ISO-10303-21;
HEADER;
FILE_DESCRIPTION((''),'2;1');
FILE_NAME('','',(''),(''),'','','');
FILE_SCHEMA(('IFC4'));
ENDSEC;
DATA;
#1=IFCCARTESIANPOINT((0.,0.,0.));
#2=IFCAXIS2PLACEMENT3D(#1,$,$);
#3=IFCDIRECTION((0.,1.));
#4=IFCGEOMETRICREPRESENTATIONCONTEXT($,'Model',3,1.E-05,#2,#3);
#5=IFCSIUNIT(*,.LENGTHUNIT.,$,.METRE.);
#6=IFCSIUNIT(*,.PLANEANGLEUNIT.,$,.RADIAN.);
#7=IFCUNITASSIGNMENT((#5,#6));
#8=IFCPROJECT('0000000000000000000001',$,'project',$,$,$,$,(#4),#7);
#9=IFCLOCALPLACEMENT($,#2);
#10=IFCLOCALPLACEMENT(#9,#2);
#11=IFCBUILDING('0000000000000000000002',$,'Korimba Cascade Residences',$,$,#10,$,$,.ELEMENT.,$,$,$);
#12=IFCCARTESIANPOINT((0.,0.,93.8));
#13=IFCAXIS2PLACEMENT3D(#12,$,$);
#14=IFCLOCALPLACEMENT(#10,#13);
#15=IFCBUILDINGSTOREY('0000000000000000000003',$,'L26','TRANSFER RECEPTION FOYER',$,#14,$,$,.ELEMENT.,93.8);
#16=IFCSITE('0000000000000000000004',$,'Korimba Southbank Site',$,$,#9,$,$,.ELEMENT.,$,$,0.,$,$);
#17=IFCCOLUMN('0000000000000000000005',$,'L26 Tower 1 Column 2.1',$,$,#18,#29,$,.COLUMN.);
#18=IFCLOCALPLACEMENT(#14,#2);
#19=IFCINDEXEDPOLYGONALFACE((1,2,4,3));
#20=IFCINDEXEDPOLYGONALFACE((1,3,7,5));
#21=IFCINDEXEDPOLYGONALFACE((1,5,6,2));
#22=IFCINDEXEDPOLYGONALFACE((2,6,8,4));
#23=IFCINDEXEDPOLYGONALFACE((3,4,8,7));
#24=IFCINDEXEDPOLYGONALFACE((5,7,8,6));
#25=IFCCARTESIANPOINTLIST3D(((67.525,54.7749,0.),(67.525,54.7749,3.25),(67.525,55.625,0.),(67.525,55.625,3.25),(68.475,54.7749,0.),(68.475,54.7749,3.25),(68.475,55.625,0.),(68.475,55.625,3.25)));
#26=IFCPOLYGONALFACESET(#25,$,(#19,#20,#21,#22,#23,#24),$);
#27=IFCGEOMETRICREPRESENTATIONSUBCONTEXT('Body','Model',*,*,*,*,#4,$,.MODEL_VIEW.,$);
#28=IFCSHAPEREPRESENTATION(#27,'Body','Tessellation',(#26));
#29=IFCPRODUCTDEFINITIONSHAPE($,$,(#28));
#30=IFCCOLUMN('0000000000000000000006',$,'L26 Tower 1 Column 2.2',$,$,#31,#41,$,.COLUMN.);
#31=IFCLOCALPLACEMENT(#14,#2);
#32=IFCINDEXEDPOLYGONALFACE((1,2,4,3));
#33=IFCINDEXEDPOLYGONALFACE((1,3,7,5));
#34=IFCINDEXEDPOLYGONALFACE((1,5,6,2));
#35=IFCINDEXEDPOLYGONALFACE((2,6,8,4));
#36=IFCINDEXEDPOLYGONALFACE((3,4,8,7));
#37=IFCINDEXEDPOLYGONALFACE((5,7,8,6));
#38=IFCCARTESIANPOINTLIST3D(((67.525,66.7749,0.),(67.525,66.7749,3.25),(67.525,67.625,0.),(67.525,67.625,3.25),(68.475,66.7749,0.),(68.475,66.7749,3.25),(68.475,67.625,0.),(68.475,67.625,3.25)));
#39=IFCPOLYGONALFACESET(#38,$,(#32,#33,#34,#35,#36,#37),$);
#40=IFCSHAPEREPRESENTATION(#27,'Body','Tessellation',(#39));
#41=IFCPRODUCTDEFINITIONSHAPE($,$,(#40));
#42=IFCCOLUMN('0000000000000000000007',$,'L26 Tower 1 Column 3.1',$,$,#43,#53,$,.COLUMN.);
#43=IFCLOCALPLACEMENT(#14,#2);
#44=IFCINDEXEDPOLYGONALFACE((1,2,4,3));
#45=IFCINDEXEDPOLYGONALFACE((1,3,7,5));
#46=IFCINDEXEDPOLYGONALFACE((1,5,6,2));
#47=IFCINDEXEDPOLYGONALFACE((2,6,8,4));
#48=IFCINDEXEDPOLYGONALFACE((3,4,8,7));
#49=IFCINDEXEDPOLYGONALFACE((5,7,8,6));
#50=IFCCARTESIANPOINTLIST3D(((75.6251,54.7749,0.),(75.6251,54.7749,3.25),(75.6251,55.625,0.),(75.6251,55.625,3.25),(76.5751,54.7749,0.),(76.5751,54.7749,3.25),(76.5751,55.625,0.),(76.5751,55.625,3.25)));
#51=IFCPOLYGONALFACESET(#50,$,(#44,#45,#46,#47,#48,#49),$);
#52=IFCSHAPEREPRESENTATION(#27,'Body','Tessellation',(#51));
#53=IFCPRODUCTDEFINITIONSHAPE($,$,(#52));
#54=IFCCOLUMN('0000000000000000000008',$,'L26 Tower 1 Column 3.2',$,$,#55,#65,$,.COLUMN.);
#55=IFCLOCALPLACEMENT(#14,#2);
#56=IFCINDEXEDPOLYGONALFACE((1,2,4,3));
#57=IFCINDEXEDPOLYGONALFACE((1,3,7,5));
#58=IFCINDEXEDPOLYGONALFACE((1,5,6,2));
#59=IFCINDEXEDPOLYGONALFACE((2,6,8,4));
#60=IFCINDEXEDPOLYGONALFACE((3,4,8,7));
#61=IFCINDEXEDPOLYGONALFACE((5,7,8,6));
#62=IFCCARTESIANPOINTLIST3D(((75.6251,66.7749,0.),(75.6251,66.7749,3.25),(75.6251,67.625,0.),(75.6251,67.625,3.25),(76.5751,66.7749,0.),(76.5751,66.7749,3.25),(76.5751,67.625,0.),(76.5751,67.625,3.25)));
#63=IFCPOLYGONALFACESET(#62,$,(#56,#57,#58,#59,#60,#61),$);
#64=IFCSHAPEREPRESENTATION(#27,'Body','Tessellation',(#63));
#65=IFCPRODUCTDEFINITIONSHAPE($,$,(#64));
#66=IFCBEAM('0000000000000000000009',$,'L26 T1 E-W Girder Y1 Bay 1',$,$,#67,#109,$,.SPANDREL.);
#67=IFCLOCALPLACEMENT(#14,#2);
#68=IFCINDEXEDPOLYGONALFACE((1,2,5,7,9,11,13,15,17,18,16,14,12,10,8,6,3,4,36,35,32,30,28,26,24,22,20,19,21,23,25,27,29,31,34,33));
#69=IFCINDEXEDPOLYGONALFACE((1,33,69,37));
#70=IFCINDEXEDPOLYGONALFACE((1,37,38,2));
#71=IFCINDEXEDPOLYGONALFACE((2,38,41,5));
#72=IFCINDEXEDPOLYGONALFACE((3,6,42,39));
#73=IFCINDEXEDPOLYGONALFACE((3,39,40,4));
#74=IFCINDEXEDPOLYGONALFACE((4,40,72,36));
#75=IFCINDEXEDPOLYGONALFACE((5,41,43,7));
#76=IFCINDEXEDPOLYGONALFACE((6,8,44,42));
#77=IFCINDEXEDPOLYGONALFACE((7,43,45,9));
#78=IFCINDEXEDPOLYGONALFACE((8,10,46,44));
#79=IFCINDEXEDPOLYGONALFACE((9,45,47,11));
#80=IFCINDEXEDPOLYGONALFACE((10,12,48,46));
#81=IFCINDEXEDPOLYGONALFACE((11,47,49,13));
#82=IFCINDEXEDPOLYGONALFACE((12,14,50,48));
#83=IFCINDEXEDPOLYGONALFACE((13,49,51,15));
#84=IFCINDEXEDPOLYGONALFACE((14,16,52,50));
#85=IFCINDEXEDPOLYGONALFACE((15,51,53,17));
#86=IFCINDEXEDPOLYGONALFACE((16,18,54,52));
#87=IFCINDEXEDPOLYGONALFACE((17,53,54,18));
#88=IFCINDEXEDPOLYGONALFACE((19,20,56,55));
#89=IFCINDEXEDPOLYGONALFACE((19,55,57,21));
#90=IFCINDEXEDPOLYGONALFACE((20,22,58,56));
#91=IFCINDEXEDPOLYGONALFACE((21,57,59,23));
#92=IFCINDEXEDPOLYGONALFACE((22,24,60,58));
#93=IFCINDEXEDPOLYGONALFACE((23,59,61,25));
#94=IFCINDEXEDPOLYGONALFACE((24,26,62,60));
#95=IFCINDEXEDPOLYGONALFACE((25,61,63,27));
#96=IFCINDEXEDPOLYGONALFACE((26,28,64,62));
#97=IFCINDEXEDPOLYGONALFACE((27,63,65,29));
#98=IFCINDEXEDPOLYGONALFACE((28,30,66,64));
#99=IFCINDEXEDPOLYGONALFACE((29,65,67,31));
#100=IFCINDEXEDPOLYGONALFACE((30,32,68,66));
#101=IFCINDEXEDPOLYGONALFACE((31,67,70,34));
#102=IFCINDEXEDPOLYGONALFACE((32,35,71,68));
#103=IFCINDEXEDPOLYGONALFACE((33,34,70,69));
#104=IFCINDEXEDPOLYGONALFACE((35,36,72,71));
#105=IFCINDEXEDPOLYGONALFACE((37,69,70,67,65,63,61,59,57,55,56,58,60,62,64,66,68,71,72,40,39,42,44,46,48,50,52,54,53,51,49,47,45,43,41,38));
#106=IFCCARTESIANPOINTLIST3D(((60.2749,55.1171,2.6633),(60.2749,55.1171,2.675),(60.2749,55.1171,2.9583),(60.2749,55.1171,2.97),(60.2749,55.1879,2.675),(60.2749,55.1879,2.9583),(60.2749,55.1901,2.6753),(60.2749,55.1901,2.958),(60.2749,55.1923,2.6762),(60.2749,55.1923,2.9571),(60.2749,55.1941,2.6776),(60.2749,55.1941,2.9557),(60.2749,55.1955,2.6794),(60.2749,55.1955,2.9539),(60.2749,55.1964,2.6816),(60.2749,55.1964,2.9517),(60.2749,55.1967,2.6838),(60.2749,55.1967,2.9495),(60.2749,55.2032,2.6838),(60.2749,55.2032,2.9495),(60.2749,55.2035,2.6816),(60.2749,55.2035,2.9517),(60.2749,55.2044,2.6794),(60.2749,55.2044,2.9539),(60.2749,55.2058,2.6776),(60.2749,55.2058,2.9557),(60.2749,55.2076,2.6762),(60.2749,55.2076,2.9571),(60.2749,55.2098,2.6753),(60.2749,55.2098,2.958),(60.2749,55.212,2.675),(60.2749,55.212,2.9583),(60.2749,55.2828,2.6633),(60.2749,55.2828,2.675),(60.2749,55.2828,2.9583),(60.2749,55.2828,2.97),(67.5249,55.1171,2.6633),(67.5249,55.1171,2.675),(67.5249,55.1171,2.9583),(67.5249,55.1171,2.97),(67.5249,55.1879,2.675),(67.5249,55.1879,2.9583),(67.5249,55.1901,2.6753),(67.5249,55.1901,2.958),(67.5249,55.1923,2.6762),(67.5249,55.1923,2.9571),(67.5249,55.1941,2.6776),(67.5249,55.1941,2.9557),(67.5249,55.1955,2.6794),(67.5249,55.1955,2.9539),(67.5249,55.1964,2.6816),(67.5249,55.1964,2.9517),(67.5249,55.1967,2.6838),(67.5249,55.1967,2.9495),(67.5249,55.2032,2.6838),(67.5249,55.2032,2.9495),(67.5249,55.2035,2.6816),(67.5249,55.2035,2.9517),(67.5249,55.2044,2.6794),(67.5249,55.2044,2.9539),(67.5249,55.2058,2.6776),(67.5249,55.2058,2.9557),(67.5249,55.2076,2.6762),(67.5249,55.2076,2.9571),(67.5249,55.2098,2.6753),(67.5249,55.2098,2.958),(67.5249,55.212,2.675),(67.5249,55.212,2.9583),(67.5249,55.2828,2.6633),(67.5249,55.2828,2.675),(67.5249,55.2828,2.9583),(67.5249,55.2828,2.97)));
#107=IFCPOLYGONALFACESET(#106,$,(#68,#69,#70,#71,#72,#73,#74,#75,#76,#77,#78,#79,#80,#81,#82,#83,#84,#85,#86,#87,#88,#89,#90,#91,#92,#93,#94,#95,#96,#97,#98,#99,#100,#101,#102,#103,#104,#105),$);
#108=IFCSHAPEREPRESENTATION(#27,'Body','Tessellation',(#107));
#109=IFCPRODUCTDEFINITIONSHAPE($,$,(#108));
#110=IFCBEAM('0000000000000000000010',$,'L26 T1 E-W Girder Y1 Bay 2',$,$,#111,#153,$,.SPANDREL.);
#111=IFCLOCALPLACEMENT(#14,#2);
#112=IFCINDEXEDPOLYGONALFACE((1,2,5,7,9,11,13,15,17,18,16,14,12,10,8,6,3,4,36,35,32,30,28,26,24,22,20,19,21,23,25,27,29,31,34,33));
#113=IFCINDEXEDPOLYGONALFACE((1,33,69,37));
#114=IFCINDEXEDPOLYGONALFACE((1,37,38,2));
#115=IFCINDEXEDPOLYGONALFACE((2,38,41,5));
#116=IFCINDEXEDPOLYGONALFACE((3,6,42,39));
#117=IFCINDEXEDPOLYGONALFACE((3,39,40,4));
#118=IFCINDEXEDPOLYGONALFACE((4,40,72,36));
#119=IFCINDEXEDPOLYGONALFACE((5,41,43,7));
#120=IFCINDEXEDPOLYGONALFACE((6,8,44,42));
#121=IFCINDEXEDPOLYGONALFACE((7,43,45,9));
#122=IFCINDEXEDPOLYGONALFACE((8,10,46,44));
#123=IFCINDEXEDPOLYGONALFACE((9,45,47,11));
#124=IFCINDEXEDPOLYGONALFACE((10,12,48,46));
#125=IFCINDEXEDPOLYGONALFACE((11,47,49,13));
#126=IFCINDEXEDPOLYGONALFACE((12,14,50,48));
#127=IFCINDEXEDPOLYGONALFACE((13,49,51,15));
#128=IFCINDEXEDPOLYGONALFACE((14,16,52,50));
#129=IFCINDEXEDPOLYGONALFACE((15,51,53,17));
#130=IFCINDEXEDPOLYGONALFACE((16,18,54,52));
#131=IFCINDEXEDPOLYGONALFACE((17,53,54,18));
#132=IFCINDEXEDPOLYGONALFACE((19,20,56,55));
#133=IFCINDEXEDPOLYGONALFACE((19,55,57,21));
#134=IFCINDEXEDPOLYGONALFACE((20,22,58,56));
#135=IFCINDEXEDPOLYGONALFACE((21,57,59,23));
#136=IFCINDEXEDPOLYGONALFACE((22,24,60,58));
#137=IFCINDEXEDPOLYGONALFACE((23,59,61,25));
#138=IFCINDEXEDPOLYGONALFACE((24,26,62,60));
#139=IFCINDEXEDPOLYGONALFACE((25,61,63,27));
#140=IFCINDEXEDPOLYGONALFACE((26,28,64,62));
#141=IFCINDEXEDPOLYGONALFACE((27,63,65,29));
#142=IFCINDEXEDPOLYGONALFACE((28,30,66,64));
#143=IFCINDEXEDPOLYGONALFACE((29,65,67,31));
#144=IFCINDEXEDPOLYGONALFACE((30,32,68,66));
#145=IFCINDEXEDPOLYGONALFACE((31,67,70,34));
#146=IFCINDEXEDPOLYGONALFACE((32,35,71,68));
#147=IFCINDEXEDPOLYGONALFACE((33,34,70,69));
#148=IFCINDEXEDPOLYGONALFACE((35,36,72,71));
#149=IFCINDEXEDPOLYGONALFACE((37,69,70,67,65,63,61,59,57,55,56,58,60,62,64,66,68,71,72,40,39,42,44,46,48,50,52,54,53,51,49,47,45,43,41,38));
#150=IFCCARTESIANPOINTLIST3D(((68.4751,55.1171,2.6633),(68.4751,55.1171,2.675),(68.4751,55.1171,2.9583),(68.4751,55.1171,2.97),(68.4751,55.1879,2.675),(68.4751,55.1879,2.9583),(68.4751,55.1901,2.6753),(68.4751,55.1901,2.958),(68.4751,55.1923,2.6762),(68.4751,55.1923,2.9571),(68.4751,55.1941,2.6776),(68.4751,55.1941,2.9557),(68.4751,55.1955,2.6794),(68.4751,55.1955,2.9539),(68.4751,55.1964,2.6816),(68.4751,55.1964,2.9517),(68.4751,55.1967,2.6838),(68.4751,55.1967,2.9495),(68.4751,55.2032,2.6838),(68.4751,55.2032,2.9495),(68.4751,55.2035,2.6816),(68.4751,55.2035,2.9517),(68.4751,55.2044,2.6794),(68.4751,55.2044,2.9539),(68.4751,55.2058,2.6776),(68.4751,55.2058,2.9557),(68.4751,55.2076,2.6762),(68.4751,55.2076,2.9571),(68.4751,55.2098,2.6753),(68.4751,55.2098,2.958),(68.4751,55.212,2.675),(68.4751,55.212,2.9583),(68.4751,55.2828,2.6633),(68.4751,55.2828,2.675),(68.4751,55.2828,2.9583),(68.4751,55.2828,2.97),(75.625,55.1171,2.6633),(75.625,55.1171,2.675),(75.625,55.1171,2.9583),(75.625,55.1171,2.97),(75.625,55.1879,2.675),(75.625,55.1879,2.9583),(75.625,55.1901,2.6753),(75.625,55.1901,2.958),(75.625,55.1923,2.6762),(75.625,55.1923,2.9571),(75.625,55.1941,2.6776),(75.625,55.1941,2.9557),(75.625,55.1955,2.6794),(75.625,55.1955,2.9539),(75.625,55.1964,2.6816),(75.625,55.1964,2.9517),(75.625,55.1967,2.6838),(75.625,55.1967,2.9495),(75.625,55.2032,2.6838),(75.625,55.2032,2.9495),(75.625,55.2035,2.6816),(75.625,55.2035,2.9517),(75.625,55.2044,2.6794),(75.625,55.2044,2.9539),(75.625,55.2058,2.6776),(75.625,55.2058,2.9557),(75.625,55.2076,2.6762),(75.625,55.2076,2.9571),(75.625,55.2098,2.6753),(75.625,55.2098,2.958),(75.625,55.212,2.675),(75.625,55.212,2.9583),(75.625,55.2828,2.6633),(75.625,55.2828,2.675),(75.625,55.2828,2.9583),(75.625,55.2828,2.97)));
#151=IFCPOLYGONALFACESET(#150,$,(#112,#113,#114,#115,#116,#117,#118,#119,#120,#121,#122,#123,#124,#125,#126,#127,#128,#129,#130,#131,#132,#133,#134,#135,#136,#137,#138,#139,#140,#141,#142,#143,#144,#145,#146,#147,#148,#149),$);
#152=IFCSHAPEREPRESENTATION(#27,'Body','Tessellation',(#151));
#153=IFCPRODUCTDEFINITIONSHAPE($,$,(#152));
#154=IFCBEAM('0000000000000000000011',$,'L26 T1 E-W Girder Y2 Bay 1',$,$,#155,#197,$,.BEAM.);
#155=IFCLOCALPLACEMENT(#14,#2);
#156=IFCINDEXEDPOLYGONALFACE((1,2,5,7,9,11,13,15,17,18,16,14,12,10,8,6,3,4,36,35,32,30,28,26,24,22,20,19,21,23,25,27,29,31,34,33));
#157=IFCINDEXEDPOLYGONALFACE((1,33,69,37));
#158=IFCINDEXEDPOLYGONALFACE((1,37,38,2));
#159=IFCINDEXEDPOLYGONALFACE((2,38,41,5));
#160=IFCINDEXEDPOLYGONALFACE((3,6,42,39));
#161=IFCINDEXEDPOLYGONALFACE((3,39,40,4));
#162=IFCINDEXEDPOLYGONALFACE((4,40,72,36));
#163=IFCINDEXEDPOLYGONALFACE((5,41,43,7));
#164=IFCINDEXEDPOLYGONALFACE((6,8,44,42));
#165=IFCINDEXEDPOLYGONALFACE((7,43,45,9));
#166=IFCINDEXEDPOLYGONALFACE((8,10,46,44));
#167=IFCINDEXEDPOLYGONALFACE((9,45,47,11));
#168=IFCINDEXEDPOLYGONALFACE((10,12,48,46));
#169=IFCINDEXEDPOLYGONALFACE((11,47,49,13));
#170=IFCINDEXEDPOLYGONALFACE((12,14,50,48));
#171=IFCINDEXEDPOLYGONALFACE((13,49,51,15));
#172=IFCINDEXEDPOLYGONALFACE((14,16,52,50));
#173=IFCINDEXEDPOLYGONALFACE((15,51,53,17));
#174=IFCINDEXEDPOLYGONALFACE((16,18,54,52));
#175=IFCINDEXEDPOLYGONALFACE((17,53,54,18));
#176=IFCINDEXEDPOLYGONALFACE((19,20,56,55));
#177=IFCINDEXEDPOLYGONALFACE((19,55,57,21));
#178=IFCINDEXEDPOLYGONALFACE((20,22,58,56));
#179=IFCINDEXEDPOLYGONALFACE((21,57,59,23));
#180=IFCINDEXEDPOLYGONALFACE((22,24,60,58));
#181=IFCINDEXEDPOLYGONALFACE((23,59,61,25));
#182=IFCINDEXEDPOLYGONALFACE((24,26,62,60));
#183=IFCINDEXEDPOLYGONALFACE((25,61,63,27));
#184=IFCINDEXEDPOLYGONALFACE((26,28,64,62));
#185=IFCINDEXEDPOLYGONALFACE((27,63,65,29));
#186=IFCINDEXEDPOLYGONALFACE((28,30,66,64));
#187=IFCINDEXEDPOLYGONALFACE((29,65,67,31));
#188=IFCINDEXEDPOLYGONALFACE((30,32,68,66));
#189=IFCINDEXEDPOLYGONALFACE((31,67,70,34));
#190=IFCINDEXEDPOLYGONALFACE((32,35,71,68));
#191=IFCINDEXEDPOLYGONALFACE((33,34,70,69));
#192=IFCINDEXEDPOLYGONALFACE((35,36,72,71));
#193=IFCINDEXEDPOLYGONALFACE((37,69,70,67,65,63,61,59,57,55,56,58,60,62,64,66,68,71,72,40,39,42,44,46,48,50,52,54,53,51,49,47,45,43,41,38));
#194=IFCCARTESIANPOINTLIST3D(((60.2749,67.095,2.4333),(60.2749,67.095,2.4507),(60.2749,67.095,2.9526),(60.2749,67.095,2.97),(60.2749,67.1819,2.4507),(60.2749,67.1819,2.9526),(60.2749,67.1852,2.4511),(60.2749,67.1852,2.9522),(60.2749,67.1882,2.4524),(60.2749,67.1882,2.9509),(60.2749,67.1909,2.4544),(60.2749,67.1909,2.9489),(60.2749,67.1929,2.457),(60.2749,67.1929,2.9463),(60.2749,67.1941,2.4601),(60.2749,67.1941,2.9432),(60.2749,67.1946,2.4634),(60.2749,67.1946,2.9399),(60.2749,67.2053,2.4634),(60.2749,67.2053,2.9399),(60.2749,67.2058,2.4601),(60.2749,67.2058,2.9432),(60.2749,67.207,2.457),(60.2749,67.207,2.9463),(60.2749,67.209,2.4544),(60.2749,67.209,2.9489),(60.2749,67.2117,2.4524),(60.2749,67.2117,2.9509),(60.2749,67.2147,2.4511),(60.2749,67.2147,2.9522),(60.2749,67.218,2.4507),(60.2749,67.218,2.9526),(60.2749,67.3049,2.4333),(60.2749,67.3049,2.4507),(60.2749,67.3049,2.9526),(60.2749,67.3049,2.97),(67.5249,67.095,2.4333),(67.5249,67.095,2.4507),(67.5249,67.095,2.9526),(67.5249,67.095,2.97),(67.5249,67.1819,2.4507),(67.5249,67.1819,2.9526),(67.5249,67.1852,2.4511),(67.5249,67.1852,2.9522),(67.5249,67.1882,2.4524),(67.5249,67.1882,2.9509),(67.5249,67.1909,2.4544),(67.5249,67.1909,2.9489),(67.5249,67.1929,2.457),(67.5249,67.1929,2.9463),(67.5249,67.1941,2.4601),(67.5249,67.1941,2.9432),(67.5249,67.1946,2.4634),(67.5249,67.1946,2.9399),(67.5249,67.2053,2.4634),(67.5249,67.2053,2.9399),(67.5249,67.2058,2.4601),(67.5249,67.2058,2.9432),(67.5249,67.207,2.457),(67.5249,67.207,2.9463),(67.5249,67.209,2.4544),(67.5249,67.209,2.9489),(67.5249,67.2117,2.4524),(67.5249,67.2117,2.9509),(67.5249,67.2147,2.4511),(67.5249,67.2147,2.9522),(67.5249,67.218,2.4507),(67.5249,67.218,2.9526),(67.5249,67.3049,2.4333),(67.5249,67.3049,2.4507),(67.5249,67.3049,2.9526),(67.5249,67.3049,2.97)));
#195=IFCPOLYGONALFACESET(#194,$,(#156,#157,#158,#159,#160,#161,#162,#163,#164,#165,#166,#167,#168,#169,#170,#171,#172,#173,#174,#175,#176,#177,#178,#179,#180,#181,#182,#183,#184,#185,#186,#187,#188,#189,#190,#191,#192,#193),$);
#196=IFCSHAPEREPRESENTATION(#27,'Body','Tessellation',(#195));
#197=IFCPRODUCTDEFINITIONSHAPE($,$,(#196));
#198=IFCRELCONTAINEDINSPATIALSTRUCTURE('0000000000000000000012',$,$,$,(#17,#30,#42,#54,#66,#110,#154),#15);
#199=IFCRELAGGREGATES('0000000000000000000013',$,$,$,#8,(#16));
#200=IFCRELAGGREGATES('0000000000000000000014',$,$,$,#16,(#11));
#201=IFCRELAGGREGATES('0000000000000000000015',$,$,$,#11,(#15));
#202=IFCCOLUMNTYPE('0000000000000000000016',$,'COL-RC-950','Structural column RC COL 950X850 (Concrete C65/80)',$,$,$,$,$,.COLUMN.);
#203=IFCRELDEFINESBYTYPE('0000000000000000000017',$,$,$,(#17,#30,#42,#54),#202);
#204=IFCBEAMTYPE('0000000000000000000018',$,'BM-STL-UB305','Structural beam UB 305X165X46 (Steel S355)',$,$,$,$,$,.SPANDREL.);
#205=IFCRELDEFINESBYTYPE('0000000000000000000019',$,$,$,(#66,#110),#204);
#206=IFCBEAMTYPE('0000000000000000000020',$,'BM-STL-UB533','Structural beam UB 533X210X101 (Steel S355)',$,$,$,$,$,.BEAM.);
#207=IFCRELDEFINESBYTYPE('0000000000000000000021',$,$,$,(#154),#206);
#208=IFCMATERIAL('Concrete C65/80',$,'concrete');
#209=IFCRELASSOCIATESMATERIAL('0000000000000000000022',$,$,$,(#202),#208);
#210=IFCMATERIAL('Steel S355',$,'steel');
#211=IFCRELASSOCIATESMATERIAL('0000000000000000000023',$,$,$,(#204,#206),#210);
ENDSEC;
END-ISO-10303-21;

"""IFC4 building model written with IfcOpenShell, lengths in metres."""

from ifc_helpers import new_model, si_unit, direction, frame, origin, origin_2d, place, context, subcontext, project, spatial, rectangle, i_section, extrude, material, material_profile, profile_set, type_object, element, save


model = new_model("IFC4")

# Units and contexts
model_context = context("Model", 3, precision=1e-05, world=origin(), true_north=direction((0.0, 1.0)))
body_context = subcontext(model_context, "Body", "Model", "MODEL_VIEW")
ifc_project = project(units=[si_unit("LENGTHUNIT", "METRE"), si_unit("PLANEANGLEUNIT", "RADIAN")], contexts=[model_context])

# Site, building, storey
site_placement = place(None, origin())
site = spatial("IfcSite", under=ifc_project, at=site_placement, Name="Korimba Southbank Site", CompositionType="ELEMENT", RefElevation=0.0)
building_placement = place(site_placement, origin())
building = spatial("IfcBuilding", under=site, at=building_placement, Name="Korimba Cascade Residences", CompositionType="ELEMENT")
storey_placement = place(building_placement, frame((0.0, 0.0, 93.8)))
storey = spatial("IfcBuildingStorey", under=building, at=storey_placement, Name="L26", Description="TRANSFER RECEPTION FOYER", CompositionType="ELEMENT", Elevation=93.8)

# Columns
ifc_material_1 = material(Name="Concrete C65/80", Category="concrete")
ifc_material_profile_1 = material_profile(ifc_material_1, rectangle(XDim=0.95, YDim=0.8501, at=origin_2d()), Name="Concrete C65/80")
ifc_profile_set_1 = profile_set([ifc_material_profile_1], Name="Concrete C65/80")
column_type = type_object("IfcColumnType", Name="COL-RC-950", Description="Structural column RC COL 950X850 (Concrete C65/80)", PredefinedType="COLUMN", material=ifc_profile_set_1)
for number, where, z_axis, x_axis, name in (
    (1, (68.0, 55.2, 0.0), (0.0, 0.0, 1.0), (1.0, 0.0, 0.0), "L26 Tower 1 Column 2.1"),
    (2, (68.0, 67.2, 0.0), (0.0, 0.0, 1.0), (1.0, 0.0, 0.0), "L26 Tower 1 Column 2.2"),
    (3, (76.1001, 55.2, 0.0), (0.0, 0.0, 1.0), (1.0, 0.0, 0.0), "L26 Tower 1 Column 3.1"),
    (4, (76.1001, 67.2, 0.0), (0.0, 0.0, 1.0), (1.0, 0.0, 0.0), "L26 Tower 1 Column 3.2"),
):
    element("IfcColumn", number, at=place(storey_placement, frame(where, z_axis=z_axis, x_axis=x_axis)), inside=storey, type_object=column_type, Name=name, PredefinedType="COLUMN", context=body_context, shape_type="SweptSolid", body=[
        extrude(rectangle(XDim=0.95, YDim=0.8501, at=origin_2d()), origin(), (0.0, 0.0, 1.0), 3.25),
    ])

# Beams
ifc_material_2 = material(Name="Steel S355", Category="steel")
ifc_material_profile_2 = material_profile(ifc_material_2, i_section(OverallWidth=0.1658, OverallDepth=0.3066, WebThickness=0.0066, FlangeThickness=0.0117, FilletRadius=0.0088, at=origin_2d()), Name="Steel S355")
ifc_profile_set_2 = profile_set([ifc_material_profile_2], Name="Steel S355")
beam_type_1 = type_object("IfcBeamType", Name="BM-STL-UB305", Description="Structural beam UB 305X165X46 (Steel S355)", PredefinedType="SPANDREL", material=ifc_profile_set_2)
beam_1_placement = place(storey_placement, frame((60.2749, 55.2, 2.8167), z_axis=(1.0, 0.0, 0.0), x_axis=(0.0, 1.0, 0.0)))
element("IfcBeam", 5, at=beam_1_placement, inside=storey, type_object=beam_type_1, Name="L26 T1 E-W Girder Y1 Bay 1", PredefinedType="SPANDREL", context=body_context, shape_type="SweptSolid", body=[
    extrude(i_section(OverallWidth=0.1658, OverallDepth=0.3066, WebThickness=0.0066, FlangeThickness=0.0117, FilletRadius=0.0088, at=origin_2d()), origin(), (0.0, 0.0, 1.0), 7.25),
])
beam_2_placement = place(storey_placement, frame((68.4751, 55.2, 2.8167), z_axis=(1.0, 0.0, 0.0), x_axis=(0.0, 1.0, 0.0)))
element("IfcBeam", 6, at=beam_2_placement, inside=storey, type_object=beam_type_1, Name="L26 T1 E-W Girder Y1 Bay 2", PredefinedType="SPANDREL", context=body_context, shape_type="SweptSolid", body=[
    extrude(i_section(OverallWidth=0.1658, OverallDepth=0.3066, WebThickness=0.0066, FlangeThickness=0.0117, FilletRadius=0.0088, at=origin_2d()), origin(), (0.0, 0.0, 1.0), 7.1499),
])
ifc_material_profile_3 = material_profile(ifc_material_2, i_section(OverallWidth=0.21, OverallDepth=0.5366, WebThickness=0.0107, FlangeThickness=0.0173, FilletRadius=0.0127, at=origin_2d()), Name="Steel S355")
ifc_profile_set_3 = profile_set([ifc_material_profile_3], Name="Steel S355")
beam_type_2 = type_object("IfcBeamType", Name="BM-STL-UB533", Description="Structural beam UB 533X210X101 (Steel S355)", PredefinedType="BEAM", material=ifc_profile_set_3)
beam_3_placement = place(storey_placement, frame((60.2749, 67.2, 2.7017), z_axis=(1.0, 0.0, 0.0), x_axis=(0.0, 1.0, 0.0)))
element("IfcBeam", 7, at=beam_3_placement, inside=storey, type_object=beam_type_2, Name="L26 T1 E-W Girder Y2 Bay 1", PredefinedType="BEAM", context=body_context, shape_type="SweptSolid", body=[
    extrude(i_section(OverallWidth=0.21, OverallDepth=0.5366, WebThickness=0.0107, FlangeThickness=0.0173, FilletRadius=0.0127, at=origin_2d()), origin(), (0.0, 0.0, 1.0), 7.25),
])

save(model, "model.ifc")
